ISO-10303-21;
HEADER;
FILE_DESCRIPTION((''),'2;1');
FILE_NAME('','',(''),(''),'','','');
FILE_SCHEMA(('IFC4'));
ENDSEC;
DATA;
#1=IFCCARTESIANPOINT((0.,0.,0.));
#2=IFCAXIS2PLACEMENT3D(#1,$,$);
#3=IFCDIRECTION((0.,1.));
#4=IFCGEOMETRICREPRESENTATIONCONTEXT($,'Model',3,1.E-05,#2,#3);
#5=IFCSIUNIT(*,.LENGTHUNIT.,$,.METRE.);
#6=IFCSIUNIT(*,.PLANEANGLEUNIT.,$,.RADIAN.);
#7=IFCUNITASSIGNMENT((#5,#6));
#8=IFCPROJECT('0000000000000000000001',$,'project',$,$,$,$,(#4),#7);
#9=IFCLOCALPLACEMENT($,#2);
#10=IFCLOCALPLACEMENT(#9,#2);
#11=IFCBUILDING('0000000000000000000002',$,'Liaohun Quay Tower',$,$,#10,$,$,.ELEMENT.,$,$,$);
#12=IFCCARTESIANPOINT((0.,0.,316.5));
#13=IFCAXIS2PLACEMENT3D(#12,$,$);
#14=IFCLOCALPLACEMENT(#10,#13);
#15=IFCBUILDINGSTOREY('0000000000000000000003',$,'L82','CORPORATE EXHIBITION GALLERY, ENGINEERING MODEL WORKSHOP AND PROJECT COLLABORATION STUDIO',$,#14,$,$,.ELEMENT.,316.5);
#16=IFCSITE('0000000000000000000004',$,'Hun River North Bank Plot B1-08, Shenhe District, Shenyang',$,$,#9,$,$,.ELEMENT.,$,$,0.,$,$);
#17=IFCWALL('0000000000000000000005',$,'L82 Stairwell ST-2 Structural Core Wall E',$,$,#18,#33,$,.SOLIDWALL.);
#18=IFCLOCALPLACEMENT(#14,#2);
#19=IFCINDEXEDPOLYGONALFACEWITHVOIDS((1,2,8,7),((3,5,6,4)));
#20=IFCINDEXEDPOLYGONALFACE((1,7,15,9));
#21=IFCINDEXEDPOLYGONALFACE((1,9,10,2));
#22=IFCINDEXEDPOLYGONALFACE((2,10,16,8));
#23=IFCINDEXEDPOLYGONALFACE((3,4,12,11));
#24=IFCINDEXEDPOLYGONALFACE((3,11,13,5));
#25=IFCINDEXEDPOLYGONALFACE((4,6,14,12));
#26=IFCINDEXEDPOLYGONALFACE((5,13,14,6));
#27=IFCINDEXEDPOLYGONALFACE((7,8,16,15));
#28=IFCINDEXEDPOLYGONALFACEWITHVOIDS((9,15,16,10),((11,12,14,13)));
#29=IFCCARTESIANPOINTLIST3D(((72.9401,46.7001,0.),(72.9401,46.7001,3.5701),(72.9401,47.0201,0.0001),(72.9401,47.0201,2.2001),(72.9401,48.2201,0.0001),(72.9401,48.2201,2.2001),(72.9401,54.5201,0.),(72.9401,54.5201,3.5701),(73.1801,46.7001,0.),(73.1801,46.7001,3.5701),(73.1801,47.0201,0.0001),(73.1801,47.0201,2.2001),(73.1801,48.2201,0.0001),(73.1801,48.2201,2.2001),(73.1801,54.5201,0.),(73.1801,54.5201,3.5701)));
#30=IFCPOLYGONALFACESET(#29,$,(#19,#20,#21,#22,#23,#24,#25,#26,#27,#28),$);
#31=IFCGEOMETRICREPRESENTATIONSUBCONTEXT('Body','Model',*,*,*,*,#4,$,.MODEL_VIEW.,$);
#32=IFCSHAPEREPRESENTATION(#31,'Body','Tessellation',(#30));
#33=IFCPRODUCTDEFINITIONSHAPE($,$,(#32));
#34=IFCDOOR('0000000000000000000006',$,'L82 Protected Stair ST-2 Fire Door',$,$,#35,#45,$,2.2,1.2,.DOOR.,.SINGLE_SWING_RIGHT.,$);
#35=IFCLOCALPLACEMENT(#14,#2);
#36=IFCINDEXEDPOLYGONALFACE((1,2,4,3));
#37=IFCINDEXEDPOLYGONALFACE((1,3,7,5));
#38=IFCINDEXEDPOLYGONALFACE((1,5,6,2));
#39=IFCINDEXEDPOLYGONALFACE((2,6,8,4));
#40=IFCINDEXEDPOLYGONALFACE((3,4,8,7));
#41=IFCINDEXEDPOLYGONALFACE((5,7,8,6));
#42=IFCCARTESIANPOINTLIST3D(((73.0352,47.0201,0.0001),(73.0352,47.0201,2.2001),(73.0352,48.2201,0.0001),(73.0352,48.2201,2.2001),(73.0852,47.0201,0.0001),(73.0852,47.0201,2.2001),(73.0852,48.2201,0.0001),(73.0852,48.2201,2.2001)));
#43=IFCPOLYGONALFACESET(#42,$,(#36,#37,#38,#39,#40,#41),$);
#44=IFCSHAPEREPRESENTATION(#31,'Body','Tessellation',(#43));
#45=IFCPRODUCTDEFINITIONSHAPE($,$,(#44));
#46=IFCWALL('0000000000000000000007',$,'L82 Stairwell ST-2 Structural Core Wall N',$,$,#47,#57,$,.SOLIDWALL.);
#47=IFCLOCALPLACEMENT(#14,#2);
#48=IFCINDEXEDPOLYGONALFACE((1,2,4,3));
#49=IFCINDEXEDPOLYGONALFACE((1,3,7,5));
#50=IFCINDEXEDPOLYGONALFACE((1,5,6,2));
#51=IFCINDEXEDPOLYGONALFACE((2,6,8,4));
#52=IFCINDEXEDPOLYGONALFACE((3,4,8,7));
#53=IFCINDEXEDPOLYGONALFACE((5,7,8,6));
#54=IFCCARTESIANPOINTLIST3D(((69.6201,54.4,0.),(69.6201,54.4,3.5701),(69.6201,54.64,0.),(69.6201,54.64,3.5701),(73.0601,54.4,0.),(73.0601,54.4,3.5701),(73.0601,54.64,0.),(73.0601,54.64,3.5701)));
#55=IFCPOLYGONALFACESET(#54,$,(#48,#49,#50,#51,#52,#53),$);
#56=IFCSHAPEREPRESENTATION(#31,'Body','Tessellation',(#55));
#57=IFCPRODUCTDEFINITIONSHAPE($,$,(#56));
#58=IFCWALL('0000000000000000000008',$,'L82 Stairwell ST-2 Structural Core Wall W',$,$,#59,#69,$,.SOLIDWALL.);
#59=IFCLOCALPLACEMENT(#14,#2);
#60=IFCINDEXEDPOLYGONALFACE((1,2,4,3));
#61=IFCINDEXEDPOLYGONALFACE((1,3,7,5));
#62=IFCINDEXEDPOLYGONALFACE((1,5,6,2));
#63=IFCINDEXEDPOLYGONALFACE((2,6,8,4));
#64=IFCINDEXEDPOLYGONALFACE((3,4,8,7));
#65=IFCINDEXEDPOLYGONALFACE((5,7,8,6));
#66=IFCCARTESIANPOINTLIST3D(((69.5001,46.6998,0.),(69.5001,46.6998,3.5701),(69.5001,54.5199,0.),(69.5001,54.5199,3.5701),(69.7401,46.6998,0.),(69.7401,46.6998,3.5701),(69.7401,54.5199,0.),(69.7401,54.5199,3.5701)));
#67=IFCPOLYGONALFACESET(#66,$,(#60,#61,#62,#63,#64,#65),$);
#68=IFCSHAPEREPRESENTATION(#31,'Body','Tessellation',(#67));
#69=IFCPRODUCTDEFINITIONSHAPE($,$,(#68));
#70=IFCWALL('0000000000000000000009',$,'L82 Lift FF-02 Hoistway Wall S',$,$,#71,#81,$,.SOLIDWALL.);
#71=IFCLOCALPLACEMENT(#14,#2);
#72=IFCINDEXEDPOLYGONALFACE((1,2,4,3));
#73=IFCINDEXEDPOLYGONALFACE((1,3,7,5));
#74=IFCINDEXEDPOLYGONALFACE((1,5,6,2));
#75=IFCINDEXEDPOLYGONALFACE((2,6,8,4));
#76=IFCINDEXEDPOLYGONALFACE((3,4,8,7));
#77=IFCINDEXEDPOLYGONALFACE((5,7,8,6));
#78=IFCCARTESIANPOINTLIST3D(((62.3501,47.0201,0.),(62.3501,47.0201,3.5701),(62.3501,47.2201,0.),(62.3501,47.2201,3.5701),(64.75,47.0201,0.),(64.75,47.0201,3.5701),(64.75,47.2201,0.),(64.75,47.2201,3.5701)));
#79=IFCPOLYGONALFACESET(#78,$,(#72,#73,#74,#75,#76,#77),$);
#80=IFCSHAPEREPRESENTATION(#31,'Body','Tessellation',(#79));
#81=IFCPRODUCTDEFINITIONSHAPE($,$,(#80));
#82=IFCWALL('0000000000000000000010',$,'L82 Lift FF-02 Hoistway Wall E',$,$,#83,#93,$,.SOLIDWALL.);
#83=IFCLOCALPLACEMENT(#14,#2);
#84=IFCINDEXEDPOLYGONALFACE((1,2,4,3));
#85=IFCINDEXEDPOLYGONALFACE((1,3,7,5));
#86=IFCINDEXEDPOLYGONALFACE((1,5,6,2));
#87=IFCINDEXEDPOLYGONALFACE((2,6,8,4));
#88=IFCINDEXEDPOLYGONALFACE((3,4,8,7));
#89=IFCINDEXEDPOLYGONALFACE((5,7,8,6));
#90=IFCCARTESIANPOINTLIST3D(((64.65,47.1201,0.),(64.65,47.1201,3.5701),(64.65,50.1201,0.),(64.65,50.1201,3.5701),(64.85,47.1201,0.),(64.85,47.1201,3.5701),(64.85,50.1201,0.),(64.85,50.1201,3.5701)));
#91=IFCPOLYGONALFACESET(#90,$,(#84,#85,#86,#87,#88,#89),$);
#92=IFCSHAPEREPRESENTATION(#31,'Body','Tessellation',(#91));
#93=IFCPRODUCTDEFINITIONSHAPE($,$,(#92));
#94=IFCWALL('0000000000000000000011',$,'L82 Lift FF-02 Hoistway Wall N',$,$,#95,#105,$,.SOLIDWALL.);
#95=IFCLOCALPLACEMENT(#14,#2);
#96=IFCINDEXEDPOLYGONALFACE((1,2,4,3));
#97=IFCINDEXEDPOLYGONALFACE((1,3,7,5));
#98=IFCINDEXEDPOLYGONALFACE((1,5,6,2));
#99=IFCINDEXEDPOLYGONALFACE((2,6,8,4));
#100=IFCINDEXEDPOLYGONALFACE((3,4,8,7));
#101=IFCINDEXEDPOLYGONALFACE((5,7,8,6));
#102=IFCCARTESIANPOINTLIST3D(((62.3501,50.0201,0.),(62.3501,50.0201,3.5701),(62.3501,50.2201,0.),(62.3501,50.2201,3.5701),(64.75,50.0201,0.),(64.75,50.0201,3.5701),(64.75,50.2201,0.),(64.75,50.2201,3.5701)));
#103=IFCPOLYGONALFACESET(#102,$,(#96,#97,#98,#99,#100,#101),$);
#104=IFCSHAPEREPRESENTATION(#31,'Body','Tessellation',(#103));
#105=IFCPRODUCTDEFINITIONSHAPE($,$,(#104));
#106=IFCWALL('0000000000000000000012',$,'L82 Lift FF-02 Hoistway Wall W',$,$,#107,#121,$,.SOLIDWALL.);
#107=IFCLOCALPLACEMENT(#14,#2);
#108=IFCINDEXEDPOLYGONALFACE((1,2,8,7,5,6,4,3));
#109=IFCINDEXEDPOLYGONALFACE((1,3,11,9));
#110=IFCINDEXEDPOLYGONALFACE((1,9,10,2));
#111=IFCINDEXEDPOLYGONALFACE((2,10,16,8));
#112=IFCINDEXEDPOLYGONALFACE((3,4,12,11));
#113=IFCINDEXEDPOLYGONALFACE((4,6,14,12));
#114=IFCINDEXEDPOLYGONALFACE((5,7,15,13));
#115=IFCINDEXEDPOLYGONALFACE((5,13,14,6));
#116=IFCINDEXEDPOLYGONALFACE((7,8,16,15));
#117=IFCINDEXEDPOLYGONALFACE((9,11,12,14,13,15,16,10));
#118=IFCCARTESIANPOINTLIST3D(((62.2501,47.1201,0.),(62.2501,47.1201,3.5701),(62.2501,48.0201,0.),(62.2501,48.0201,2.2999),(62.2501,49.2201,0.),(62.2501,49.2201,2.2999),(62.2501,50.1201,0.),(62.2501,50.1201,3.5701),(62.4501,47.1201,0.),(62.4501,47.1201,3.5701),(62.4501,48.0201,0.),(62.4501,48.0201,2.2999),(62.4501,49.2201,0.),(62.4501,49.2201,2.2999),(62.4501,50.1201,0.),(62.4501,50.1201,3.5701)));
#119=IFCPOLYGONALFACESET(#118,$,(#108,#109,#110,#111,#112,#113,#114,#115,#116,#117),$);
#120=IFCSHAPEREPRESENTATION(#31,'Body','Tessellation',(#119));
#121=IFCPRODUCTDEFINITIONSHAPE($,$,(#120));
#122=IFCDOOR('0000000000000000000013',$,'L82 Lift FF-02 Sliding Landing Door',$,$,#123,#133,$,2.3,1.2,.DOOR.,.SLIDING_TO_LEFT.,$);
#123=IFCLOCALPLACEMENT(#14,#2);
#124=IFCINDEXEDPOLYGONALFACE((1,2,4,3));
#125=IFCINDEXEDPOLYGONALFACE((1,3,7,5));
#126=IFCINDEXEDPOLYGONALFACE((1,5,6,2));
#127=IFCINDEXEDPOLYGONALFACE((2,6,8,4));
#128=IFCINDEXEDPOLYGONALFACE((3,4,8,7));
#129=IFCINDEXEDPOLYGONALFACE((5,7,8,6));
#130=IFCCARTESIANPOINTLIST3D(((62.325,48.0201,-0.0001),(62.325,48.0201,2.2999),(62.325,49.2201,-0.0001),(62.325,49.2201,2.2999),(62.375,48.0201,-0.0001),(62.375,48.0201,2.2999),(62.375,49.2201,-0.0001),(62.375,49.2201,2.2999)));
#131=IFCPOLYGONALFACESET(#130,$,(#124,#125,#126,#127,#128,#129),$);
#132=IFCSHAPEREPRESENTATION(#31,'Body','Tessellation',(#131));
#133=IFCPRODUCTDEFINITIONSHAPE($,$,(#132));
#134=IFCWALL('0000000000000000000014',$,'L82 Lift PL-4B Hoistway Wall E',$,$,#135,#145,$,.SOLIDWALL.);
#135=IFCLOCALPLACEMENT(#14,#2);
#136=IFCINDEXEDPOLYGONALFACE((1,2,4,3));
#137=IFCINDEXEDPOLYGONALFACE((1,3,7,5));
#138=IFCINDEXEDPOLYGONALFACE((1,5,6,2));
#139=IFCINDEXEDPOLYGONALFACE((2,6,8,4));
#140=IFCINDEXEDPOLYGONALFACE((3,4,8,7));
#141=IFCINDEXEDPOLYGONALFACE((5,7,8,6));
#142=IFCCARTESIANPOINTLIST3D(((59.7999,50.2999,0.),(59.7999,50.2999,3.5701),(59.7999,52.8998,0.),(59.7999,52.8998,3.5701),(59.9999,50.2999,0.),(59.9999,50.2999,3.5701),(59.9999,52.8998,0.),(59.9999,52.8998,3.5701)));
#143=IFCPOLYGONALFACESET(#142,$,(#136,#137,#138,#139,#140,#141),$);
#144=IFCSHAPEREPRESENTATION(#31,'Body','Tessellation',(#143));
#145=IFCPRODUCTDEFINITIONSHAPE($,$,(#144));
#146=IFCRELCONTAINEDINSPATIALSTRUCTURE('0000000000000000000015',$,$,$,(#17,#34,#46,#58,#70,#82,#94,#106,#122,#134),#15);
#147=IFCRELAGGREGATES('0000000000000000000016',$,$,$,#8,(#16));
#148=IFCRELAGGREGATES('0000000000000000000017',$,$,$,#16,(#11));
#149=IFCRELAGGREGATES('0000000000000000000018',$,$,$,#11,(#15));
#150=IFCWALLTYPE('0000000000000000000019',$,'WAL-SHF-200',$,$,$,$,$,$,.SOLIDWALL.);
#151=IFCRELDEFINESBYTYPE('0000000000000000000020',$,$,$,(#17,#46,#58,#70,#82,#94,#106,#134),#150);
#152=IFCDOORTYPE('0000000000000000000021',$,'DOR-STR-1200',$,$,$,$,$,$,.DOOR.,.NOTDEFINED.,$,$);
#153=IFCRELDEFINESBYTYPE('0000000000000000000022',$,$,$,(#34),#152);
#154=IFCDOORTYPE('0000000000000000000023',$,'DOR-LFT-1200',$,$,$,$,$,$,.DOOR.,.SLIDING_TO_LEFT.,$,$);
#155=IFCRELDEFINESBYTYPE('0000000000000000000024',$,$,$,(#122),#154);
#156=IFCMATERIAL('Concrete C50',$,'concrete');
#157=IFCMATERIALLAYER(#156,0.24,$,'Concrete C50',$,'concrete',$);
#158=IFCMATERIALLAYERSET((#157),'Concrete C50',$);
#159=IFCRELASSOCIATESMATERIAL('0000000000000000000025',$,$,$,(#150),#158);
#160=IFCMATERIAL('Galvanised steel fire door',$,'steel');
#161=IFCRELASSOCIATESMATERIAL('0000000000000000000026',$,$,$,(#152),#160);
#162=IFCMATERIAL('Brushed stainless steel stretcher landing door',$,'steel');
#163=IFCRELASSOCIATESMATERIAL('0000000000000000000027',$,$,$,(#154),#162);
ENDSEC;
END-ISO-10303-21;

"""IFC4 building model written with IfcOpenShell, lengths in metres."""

from ifc_helpers import new_model, si_unit, direction, frame, frame_2d, origin, place, context, subcontext, project, spatial, rectangle, extrude, source, transform, mapped, material, layer, layer_set, type_object, element, fill, save


model = new_model("IFC4")

# Units and contexts
model_context = context("Model", 3, precision=1e-05, world=origin(), true_north=direction((0.0, 1.0)))
body_context = subcontext(model_context, "Body", "Model", "MODEL_VIEW")
ifc_project = project(units=[si_unit("LENGTHUNIT", "METRE"), si_unit("PLANEANGLEUNIT", "RADIAN")], contexts=[model_context])

# Site, building, storey
site_placement = place(None, origin())
site = spatial("IfcSite", under=ifc_project, at=site_placement, Name="Hun River North Bank Plot B1-08, Shenhe District, Shenyang", CompositionType="ELEMENT", RefElevation=0.0)
building_placement = place(site_placement, origin())
building = spatial("IfcBuilding", under=site, at=building_placement, Name="Liaohun Quay Tower", CompositionType="ELEMENT")
storey_placement = place(building_placement, frame((0.0, 0.0, 316.5)))
storey = spatial("IfcBuildingStorey", under=building, at=storey_placement, Name="L82", Description="CORPORATE EXHIBITION GALLERY, ENGINEERING MODEL WORKSHOP AND PROJECT COLLABORATION STUDIO", CompositionType="ELEMENT", Elevation=316.5)

# Wall, opening, door
ifc_material_1 = material(Name="Concrete C50", Category="concrete")
ifc_layer_1 = layer(ifc_material_1, 0.24, Name="Concrete C50", Category="concrete")
ifc_layer_set_1 = layer_set([ifc_layer_1], Name="Concrete C50")
wall_type_1 = type_object("IfcWallType", Name="WAL-SHF-200", PredefinedType="SOLIDWALL", material=ifc_layer_set_1)
wall_1_placement = place(storey_placement, frame((73.0601, 46.7, 0.0), z_axis=(0.0, 0.0, 1.0), x_axis=(0.0, 1.0, 0.0)))
wall_1 = element("IfcWall", 1, at=wall_1_placement, inside=storey, type_object=wall_type_1, Name="L82 Stairwell ST-2 Structural Core Wall E", PredefinedType="SOLIDWALL", context=body_context, shape_type="SweptSolid", body=[
    extrude(rectangle(XDim=7.8201, YDim=0.24, at=frame_2d((3.9102, 0.0))), origin(), (0.0, 0.0, 1.0), 3.5701),
])
shared_shape_1 = source(origin(), body_context, "Body", "SweptSolid", [
    extrude(rectangle(XDim=1.2, YDim=2.2, at=frame_2d((0.6001, 1.1001))), frame((0.0, 0.1299, 0.0), z_axis=(0.0, -1.0, 0.0), x_axis=(1.0, 0.0, 0.0)), (0.0, 0.0, 1.0), 0.26),
])
opening_1_placement = place(wall_1_placement, frame((0.3201, 0.0, 0.0)))
opening_1 = element("IfcOpeningElement", 2, at=opening_1_placement, cuts=wall_1, PredefinedType="OPENING", context=body_context, shape_type="MappedRepresentation", body=[
    mapped(shared_shape_1, transform((0.0, 0.0, 0.0), x_axis=(1.0, 0.0, 0.0), y_axis=(0.0, 1.0, 0.0), z_axis=(0.0, 0.0, 1.0), scale=1.0)),
])
ifc_material_2 = material(Name="Galvanised steel fire door", Category="steel")
door_type_1 = type_object("IfcDoorType", Name="DOR-STR-1200", OperationType="NOTDEFINED", PredefinedType="DOOR", material=ifc_material_2)
shared_shape_2 = source(origin(), body_context, "Body", "SweptSolid", [
    extrude(rectangle(XDim=1.2, YDim=2.2, at=frame_2d((0.6001, 1.1001))), frame((0.0, 0.0249, 0.0), z_axis=(0.0, -1.0, 0.0), x_axis=(1.0, 0.0, 0.0)), (0.0, 0.0, 1.0), 0.05),
])
door_1_placement = place(opening_1_placement, origin())
door_1 = element("IfcDoor", 3, at=door_1_placement, inside=storey, type_object=door_type_1, Name="L82 Protected Stair ST-2 Fire Door", OperationType="SINGLE_SWING_RIGHT", OverallHeight=2.2, OverallWidth=1.2, PredefinedType="DOOR", context=body_context, shape_type="MappedRepresentation", body=[
    mapped(shared_shape_2, transform((0.0, 0.0, 0.0), x_axis=(1.0, 0.0, 0.0), y_axis=(0.0, 1.0, 0.0), z_axis=(0.0, 0.0, 1.0), scale=1.0)),
])
fill(opening_1, door_1)

# Walls
wall_2_placement = place(storey_placement, frame((73.0601, 54.52, 0.0), z_axis=(0.0, 0.0, 1.0), x_axis=(-1.0, 0.0, 0.0)))
element("IfcWall", 4, at=wall_2_placement, inside=storey, type_object=wall_type_1, Name="L82 Stairwell ST-2 Structural Core Wall N", PredefinedType="SOLIDWALL", context=body_context, shape_type="SweptSolid", body=[
    extrude(rectangle(XDim=3.4399, YDim=0.24, at=frame_2d((1.72, 0.0))), origin(), (0.0, 0.0, 1.0), 3.5701),
])
wall_3_placement = place(storey_placement, frame((69.6201, 54.52, 0.0), z_axis=(0.0, 0.0, 1.0), x_axis=(0.0, -1.0, 0.0)))
element("IfcWall", 5, at=wall_3_placement, inside=storey, type_object=wall_type_1, Name="L82 Stairwell ST-2 Structural Core Wall W", PredefinedType="SOLIDWALL", context=body_context, shape_type="SweptSolid", body=[
    extrude(rectangle(XDim=7.8201, YDim=0.24, at=frame_2d((3.9102, 0.0))), origin(), (0.0, 0.0, 1.0), 3.5701),
])
wall_4_placement = place(storey_placement, frame((62.3501, 47.1201, 0.0), z_axis=(0.0, 0.0, 1.0), x_axis=(1.0, 0.0, 0.0)))
element("IfcWall", 6, at=wall_4_placement, inside=storey, type_object=wall_type_1, Name="L82 Lift FF-02 Hoistway Wall S", PredefinedType="SOLIDWALL", context=body_context, shape_type="SweptSolid", body=[
    extrude(rectangle(XDim=2.3999, YDim=0.2, at=frame_2d((1.2, 0.0))), origin(), (0.0, 0.0, 1.0), 3.5701),
])
wall_5_placement = place(storey_placement, frame((64.75, 47.1201, 0.0), z_axis=(0.0, 0.0, 1.0), x_axis=(0.0, 1.0, 0.0)))
element("IfcWall", 7, at=wall_5_placement, inside=storey, type_object=wall_type_1, Name="L82 Lift FF-02 Hoistway Wall E", PredefinedType="SOLIDWALL", context=body_context, shape_type="SweptSolid", body=[
    extrude(rectangle(XDim=3.0, YDim=0.2, at=frame_2d((1.5, 0.0))), origin(), (0.0, 0.0, 1.0), 3.5701),
])
wall_6_placement = place(storey_placement, frame((64.75, 50.1201, 0.0), z_axis=(0.0, 0.0, 1.0), x_axis=(-1.0, 0.0, 0.0)))
element("IfcWall", 8, at=wall_6_placement, inside=storey, type_object=wall_type_1, Name="L82 Lift FF-02 Hoistway Wall N", PredefinedType="SOLIDWALL", context=body_context, shape_type="SweptSolid", body=[
    extrude(rectangle(XDim=2.3999, YDim=0.2, at=frame_2d((1.2, 0.0))), origin(), (0.0, 0.0, 1.0), 3.5701),
])

# Wall, opening, door
wall_7_placement = place(storey_placement, frame((62.3501, 50.1201, 0.0), z_axis=(0.0, 0.0, 1.0), x_axis=(0.0, -1.0, 0.0)))
wall_7 = element("IfcWall", 9, at=wall_7_placement, inside=storey, type_object=wall_type_1, Name="L82 Lift FF-02 Hoistway Wall W", PredefinedType="SOLIDWALL", context=body_context, shape_type="SweptSolid", body=[
    extrude(rectangle(XDim=3.0, YDim=0.2, at=frame_2d((1.5, 0.0))), origin(), (0.0, 0.0, 1.0), 3.5701),
])
shared_shape_3 = source(origin(), body_context, "Body", "SweptSolid", [
    extrude(rectangle(XDim=1.2, YDim=2.3, at=frame_2d((0.6001, 1.1499))), frame((0.0, 0.1099, 0.0), z_axis=(0.0, -1.0, 0.0), x_axis=(1.0, 0.0, 0.0)), (0.0, 0.0, 1.0), 0.22),
])
opening_2_placement = place(wall_7_placement, frame((0.8999, 0.0, 0.0)))
opening_2 = element("IfcOpeningElement", 10, at=opening_2_placement, cuts=wall_7, PredefinedType="OPENING", context=body_context, shape_type="MappedRepresentation", body=[
    mapped(shared_shape_3, transform((0.0, 0.0, 0.0), x_axis=(1.0, 0.0, 0.0), y_axis=(0.0, 1.0, 0.0), z_axis=(0.0, 0.0, 1.0), scale=1.0)),
])
ifc_material_3 = material(Name="Brushed stainless steel stretcher landing door", Category="steel")
door_type_2 = type_object("IfcDoorType", Name="DOR-LFT-1200", OperationType="SLIDING_TO_LEFT", PredefinedType="DOOR", material=ifc_material_3)
shared_shape_4 = source(origin(), body_context, "Body", "SweptSolid", [
    extrude(rectangle(XDim=1.2, YDim=2.3, at=frame_2d((0.6001, 1.1499))), frame((0.0, 0.0249, 0.0), z_axis=(0.0, -1.0, 0.0), x_axis=(1.0, 0.0, 0.0)), (0.0, 0.0, 1.0), 0.05),
])
door_2_placement = place(opening_2_placement, origin())
door_2 = element("IfcDoor", 11, at=door_2_placement, inside=storey, type_object=door_type_2, Name="L82 Lift FF-02 Sliding Landing Door", OperationType="SLIDING_TO_LEFT", OverallHeight=2.3, OverallWidth=1.2, PredefinedType="DOOR", context=body_context, shape_type="MappedRepresentation", body=[
    mapped(shared_shape_4, transform((0.0, 0.0, 0.0), x_axis=(1.0, 0.0, 0.0), y_axis=(0.0, 1.0, 0.0), z_axis=(0.0, 0.0, 1.0), scale=1.0)),
])
fill(opening_2, door_2)

# Wall
wall_8_placement = place(storey_placement, frame((59.8999, 50.3, 0.0), z_axis=(0.0, 0.0, 1.0), x_axis=(0.0, 1.0, 0.0)))
element("IfcWall", 12, at=wall_8_placement, inside=storey, type_object=wall_type_1, Name="L82 Lift PL-4B Hoistway Wall E", PredefinedType="SOLIDWALL", context=body_context, shape_type="SweptSolid", body=[
    extrude(rectangle(XDim=2.5999, YDim=0.2, at=frame_2d((1.2998, 0.0))), origin(), (0.0, 0.0, 1.0), 3.5701),
])

save(model, "model.ifc")
